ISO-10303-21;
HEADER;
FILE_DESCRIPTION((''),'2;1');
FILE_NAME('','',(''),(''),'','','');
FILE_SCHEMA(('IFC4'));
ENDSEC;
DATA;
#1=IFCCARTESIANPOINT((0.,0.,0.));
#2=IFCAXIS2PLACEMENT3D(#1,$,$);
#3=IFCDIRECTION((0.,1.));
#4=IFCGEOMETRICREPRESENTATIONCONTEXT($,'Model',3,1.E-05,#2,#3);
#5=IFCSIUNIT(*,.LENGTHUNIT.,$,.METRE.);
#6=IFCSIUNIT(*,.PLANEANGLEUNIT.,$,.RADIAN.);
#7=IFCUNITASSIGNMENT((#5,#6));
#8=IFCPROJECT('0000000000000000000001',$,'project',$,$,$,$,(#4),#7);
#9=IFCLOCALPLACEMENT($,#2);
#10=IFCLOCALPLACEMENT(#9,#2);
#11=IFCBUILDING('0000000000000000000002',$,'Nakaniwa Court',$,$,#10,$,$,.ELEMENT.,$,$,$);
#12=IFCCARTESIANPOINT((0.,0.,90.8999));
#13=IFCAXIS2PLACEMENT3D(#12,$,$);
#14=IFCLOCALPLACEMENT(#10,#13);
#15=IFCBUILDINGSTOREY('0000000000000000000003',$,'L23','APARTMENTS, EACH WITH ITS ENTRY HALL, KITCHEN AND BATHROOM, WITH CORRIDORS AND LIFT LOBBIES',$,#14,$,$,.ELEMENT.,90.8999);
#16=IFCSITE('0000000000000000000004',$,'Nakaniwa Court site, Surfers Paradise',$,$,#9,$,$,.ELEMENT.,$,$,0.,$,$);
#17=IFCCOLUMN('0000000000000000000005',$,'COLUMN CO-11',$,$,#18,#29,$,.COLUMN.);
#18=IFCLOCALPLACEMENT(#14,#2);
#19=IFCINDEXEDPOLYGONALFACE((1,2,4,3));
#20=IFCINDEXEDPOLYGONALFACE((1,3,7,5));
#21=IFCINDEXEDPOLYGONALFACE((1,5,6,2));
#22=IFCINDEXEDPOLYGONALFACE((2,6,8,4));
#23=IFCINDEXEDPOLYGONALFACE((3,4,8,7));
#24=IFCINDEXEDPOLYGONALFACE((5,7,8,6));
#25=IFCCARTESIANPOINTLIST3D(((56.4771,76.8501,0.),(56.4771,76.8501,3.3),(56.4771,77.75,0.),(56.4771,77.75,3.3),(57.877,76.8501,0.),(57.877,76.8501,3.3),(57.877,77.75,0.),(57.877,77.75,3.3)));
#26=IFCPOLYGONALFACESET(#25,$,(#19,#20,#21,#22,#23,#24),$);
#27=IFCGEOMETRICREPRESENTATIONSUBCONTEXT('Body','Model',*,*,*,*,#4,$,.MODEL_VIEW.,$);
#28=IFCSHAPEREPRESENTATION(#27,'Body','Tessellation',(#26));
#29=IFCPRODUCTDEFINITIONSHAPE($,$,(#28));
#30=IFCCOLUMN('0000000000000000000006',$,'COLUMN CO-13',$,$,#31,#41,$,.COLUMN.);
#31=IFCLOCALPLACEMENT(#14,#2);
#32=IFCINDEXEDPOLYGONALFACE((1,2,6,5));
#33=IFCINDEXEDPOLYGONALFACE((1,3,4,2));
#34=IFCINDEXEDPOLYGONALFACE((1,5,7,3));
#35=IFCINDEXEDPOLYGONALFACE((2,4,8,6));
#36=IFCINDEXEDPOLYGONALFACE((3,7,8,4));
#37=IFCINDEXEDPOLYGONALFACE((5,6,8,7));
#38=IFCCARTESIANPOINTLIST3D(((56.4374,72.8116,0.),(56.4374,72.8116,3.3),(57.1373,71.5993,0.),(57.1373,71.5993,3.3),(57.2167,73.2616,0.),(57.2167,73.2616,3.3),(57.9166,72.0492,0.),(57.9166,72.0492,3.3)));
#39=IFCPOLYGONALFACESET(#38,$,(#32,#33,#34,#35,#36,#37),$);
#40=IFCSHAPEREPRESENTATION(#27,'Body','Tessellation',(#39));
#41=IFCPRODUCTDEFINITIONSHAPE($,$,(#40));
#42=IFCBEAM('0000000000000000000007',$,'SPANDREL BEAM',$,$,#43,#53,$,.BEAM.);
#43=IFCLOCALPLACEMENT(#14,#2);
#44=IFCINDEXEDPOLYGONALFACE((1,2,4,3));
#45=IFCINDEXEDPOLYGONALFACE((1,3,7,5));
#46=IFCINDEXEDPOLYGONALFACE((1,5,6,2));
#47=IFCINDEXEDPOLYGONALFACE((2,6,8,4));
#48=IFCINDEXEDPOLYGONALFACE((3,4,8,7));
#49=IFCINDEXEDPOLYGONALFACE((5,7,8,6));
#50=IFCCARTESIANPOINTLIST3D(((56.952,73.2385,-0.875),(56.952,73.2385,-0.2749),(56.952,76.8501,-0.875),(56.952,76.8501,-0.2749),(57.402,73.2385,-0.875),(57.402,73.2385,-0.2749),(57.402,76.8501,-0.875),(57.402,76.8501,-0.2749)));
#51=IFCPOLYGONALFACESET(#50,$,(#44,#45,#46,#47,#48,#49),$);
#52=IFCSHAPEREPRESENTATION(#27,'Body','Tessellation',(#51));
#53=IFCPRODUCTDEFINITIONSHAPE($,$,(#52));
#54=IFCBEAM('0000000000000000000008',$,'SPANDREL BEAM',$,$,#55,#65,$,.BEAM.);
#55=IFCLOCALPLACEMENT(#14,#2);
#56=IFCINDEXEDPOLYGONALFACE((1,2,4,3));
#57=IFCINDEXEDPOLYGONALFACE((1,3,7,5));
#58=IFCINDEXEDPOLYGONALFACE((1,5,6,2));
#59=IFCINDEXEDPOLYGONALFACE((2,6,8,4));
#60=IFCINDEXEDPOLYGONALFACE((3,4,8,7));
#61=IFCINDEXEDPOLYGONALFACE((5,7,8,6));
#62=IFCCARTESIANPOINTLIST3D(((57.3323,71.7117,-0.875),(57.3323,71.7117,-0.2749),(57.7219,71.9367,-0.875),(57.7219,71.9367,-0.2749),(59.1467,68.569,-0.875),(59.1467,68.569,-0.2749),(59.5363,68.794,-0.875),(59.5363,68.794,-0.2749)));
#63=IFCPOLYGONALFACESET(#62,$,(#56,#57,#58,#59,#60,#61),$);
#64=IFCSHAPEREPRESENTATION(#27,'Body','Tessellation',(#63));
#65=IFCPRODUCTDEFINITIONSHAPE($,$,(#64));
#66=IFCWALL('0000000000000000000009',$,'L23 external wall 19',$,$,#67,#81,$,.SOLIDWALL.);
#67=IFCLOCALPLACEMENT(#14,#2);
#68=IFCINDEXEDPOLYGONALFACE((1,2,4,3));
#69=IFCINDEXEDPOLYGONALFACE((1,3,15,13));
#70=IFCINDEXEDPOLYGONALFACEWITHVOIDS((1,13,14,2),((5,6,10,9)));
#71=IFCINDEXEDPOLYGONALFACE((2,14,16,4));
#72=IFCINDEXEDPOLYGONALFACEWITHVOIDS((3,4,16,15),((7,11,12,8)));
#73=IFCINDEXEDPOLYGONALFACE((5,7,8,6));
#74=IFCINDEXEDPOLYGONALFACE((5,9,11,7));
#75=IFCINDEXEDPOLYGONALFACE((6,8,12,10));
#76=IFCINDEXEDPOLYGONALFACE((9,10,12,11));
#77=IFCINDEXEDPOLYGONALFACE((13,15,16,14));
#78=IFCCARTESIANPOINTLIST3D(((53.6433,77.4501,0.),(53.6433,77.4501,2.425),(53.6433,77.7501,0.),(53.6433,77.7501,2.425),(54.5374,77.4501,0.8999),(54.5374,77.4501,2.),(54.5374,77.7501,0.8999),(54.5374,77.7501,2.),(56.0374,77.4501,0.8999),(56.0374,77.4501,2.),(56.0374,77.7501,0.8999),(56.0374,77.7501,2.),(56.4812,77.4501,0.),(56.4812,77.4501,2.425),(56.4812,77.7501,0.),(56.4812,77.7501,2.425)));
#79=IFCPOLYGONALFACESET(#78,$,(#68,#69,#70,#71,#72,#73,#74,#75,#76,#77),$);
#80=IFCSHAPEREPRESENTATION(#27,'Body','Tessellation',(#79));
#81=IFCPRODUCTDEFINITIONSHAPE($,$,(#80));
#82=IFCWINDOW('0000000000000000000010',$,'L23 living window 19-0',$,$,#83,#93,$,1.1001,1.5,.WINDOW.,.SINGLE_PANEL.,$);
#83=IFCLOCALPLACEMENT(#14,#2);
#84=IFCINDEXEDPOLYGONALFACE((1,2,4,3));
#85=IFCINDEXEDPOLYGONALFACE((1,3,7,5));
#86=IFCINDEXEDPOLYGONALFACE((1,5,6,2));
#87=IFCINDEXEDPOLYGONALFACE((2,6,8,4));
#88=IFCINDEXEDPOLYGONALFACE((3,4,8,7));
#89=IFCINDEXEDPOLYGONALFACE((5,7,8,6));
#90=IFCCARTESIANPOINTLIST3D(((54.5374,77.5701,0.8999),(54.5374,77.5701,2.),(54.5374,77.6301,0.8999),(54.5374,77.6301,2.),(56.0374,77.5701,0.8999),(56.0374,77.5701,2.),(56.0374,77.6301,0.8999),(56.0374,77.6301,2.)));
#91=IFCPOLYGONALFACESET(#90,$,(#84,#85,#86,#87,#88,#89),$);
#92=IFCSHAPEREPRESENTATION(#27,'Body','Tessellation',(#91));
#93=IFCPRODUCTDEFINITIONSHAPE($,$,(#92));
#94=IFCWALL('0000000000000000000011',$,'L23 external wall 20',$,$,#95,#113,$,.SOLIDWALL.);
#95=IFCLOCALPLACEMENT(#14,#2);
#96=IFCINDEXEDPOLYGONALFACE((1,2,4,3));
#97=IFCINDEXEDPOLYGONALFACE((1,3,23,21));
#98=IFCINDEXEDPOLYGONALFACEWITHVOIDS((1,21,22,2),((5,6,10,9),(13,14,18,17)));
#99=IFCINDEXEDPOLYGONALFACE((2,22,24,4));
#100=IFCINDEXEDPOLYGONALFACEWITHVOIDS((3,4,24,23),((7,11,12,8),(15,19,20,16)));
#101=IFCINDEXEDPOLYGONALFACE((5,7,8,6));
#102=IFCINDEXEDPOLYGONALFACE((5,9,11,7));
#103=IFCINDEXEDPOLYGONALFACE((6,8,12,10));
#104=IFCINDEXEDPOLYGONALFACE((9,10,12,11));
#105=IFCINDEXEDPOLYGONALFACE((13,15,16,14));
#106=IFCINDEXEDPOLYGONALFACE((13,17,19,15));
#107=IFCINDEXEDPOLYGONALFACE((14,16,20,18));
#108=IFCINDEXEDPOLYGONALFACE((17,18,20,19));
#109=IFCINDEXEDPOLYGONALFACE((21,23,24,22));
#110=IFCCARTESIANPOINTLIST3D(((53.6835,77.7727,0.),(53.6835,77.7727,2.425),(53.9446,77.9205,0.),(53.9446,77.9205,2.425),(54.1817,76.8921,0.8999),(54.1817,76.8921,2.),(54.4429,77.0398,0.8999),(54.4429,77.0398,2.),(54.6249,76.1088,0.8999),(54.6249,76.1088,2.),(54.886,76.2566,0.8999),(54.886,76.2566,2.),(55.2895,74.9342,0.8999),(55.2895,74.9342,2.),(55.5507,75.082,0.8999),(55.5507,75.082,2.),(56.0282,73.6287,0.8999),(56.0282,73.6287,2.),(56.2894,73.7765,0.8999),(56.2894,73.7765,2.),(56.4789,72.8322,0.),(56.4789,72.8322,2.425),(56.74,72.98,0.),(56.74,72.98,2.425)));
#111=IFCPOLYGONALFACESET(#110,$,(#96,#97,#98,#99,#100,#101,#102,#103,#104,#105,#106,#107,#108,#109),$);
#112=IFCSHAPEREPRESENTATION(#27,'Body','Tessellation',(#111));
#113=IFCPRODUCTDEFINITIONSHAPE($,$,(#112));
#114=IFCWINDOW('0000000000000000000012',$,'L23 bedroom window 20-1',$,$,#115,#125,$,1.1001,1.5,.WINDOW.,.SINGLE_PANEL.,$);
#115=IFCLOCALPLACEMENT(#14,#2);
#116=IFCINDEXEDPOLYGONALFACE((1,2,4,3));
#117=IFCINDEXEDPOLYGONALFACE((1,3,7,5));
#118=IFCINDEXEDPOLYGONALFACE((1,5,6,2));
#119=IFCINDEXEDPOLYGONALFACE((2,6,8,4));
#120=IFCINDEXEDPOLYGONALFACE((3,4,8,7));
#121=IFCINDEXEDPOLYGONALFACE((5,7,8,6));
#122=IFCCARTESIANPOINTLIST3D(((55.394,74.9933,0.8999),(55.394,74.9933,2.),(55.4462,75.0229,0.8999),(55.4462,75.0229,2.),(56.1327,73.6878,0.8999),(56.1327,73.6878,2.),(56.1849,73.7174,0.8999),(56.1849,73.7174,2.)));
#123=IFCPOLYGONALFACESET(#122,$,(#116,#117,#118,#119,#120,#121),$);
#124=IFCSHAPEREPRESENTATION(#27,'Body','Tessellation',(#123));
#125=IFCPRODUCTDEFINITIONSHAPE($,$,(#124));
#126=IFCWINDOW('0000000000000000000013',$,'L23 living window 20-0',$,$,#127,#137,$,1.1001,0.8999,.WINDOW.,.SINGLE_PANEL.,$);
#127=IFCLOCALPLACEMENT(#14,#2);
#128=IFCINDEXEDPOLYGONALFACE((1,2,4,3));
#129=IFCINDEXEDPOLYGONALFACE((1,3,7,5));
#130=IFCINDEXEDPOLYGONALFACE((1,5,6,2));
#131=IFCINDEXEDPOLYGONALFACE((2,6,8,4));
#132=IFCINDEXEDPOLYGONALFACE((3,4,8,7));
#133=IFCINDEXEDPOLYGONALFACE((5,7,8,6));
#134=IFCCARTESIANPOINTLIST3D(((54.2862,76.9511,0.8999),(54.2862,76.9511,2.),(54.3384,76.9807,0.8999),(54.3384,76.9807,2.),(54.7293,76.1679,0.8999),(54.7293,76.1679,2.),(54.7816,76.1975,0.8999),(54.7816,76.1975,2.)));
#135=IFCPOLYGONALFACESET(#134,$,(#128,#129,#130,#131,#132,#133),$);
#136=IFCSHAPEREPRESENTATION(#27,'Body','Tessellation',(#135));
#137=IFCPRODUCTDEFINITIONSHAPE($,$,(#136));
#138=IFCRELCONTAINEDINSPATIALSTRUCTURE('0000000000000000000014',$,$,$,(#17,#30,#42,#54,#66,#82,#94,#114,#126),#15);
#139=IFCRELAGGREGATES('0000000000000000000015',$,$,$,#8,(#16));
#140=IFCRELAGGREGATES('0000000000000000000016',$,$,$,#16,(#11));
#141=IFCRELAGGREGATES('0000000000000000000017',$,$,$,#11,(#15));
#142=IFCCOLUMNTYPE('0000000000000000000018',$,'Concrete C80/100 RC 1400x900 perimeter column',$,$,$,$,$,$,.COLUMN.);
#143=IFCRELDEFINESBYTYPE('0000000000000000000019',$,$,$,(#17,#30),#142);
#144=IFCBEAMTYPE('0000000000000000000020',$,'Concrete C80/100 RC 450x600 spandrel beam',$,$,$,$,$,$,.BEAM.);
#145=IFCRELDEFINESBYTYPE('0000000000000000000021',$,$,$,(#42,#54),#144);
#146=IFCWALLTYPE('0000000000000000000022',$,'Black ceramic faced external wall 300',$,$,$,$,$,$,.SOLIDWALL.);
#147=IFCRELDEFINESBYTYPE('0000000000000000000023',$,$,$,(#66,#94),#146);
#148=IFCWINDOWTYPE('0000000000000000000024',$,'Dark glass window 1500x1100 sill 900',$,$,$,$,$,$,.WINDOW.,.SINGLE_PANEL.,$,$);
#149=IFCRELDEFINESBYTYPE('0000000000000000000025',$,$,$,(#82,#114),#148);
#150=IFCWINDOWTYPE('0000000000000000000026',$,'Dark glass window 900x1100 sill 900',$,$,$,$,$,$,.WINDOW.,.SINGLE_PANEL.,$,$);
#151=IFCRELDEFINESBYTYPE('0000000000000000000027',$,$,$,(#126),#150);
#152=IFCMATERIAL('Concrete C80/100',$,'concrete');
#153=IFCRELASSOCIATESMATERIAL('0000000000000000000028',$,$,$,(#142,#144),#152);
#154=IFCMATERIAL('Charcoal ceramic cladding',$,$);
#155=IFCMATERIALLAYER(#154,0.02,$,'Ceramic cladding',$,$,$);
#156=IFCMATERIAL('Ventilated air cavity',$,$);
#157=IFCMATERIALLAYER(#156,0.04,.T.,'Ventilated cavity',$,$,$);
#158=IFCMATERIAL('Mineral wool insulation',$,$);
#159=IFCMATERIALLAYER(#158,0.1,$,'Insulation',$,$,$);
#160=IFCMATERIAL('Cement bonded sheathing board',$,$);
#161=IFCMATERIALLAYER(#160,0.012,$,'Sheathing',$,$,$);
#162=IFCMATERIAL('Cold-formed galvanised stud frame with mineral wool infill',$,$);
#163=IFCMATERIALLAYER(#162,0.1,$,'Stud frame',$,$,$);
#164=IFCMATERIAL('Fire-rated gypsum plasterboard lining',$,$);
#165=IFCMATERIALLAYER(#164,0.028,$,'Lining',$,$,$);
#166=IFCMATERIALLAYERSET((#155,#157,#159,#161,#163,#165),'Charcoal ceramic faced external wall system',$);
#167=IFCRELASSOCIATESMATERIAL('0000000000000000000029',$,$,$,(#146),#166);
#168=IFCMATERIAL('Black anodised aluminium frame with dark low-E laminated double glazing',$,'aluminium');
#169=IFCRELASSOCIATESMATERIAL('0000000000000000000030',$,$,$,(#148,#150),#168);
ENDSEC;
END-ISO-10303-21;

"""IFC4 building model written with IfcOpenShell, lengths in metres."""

from ifc_helpers import new_model, si_unit, direction, frame, frame_2d, origin, origin_2d, place, context, subcontext, project, spatial, rectangle, extrude, material, layer, layer_set, material_profile, profile_set, type_object, element, fill, save


model = new_model("IFC4")

# Units and contexts
model_context = context("Model", 3, precision=1e-05, world=origin(), true_north=direction((0.0, 1.0)))
body_context = subcontext(model_context, "Body", "Model", "MODEL_VIEW")
ifc_project = project(units=[si_unit("LENGTHUNIT", "METRE"), si_unit("PLANEANGLEUNIT", "RADIAN")], contexts=[model_context])

# Site, building, storey
site_placement = place(None, origin())
site = spatial("IfcSite", under=ifc_project, at=site_placement, Name="Nakaniwa Court site, Surfers Paradise", CompositionType="ELEMENT", RefElevation=0.0)
building_placement = place(site_placement, origin())
building = spatial("IfcBuilding", under=site, at=building_placement, Name="Nakaniwa Court", CompositionType="ELEMENT")
storey_placement = place(building_placement, frame((0.0, 0.0, 90.8999)))
storey = spatial("IfcBuildingStorey", under=building, at=storey_placement, Name="L23", Description="APARTMENTS, EACH WITH ITS ENTRY HALL, KITCHEN AND BATHROOM, WITH CORRIDORS AND LIFT LOBBIES", CompositionType="ELEMENT", Elevation=90.8999)

# Columns
ifc_material_1 = material(Name="Concrete C80/100", Category="concrete")
ifc_material_profile_1 = material_profile(ifc_material_1, rectangle(XDim=1.3999, YDim=0.8999, at=origin_2d()), Name="Concrete C80/100 RC 1400x900 perimeter column")
ifc_profile_set_1 = profile_set([ifc_material_profile_1], Name="Concrete C80/100")
column_type = type_object("IfcColumnType", Name="Concrete C80/100 RC 1400x900 perimeter column", PredefinedType="COLUMN", material=ifc_profile_set_1)
for number, where, z_axis, x_axis, name in (
    (1, (57.177, 77.3, 0.0), (0.0, 0.0, 1.0), (-1.0, 0.0, 0.0), "COLUMN CO-11"),
    (2, (57.177, 72.4304, 0.0), (0.0, 0.0, 1.0), (0.5, -0.866025, 0.0), "COLUMN CO-13"),
):
    element("IfcColumn", number, at=place(storey_placement, frame(where, z_axis=z_axis, x_axis=x_axis)), inside=storey, type_object=column_type, Name=name, PredefinedType="COLUMN", context=body_context, shape_type="SweptSolid", body=[
        extrude(rectangle(XDim=1.3999, YDim=0.8999, at=origin_2d()), origin(), (0.0, 0.0, 1.0), 3.3),
    ])

# Beams
ifc_material_profile_2 = material_profile(ifc_material_1, rectangle(XDim=0.45, YDim=0.6001, at=origin_2d()), Name="Concrete C80/100 RC 450x600 spandrel beam")
ifc_profile_set_2 = profile_set([ifc_material_profile_2], Name="Concrete C80/100")
beam_type = type_object("IfcBeamType", Name="Concrete C80/100 RC 450x600 spandrel beam", PredefinedType="BEAM", material=ifc_profile_set_2)
beam_1_placement = place(storey_placement, frame((57.177, 76.8501, -0.575), z_axis=(0.0, -1.0, 0.0), x_axis=(1.0, 0.0, 0.0)))
element("IfcBeam", 3, at=beam_1_placement, inside=storey, type_object=beam_type, Name="SPANDREL BEAM", PredefinedType="BEAM", context=body_context, shape_type="SweptSolid", body=[
    extrude(rectangle(XDim=0.45, YDim=0.6001, at=origin_2d()), origin(), (0.0, 0.0, 1.0), 3.6116),
])
beam_2_placement = place(storey_placement, frame((57.5271, 71.8242, -0.575), z_axis=(0.499988, -0.866032, 0.0), x_axis=(0.866032, 0.499988, 0.0)))
element("IfcBeam", 4, at=beam_2_placement, inside=storey, type_object=beam_type, Name="SPANDREL BEAM", PredefinedType="BEAM", context=body_context, shape_type="SweptSolid", body=[
    extrude(rectangle(XDim=0.45, YDim=0.6001, at=origin_2d()), origin(), (0.0, 0.0, 1.0), 3.6289),
])

# Wall, opening, window
ifc_material_2 = material(Name="Charcoal ceramic cladding")
ifc_layer_1 = layer(ifc_material_2, 0.02, Name="Ceramic cladding")
ifc_material_3 = material(Name="Ventilated air cavity")
ifc_layer_2 = layer(ifc_material_3, 0.04, ventilated=True, Name="Ventilated cavity")
ifc_material_4 = material(Name="Mineral wool insulation")
ifc_layer_3 = layer(ifc_material_4, 0.1, Name="Insulation")
ifc_material_5 = material(Name="Cement bonded sheathing board")
ifc_layer_4 = layer(ifc_material_5, 0.012, Name="Sheathing")
ifc_material_6 = material(Name="Cold-formed galvanised stud frame with mineral wool infill")
ifc_layer_5 = layer(ifc_material_6, 0.1, Name="Stud frame")
ifc_material_7 = material(Name="Fire-rated gypsum plasterboard lining")
ifc_layer_6 = layer(ifc_material_7, 0.028, Name="Lining")
ifc_layer_set_1 = layer_set([ifc_layer_1, ifc_layer_2, ifc_layer_3, ifc_layer_4, ifc_layer_5, ifc_layer_6], Name="Charcoal ceramic faced external wall system")
wall_type_1 = type_object("IfcWallType", Name="Black ceramic faced external wall 300", PredefinedType="SOLIDWALL", material=ifc_layer_set_1)
wall_1_placement = place(storey_placement, frame((56.4812, 77.6001, 0.0), z_axis=(0.0, 0.0, 1.0), x_axis=(-1.0, 0.0, 0.0)))
wall_1 = element("IfcWall", 5, at=wall_1_placement, inside=storey, type_object=wall_type_1, Name="L23 external wall 19", PredefinedType="SOLIDWALL", context=body_context, shape_type="SweptSolid", body=[
    extrude(rectangle(XDim=2.8379, YDim=0.3, at=frame_2d((1.4189, 0.0))), origin(), (0.0, 0.0, 1.0), 2.425),
])
opening_1_placement = place(wall_1_placement, frame((0.4438, 0.0, 0.8999)))
opening_1 = element("IfcOpeningElement", 6, at=opening_1_placement, cuts=wall_1, PredefinedType="OPENING", context=body_context, shape_type="SweptSolid", body=[
    extrude(rectangle(XDim=1.5, YDim=1.1001, at=frame_2d((0.75, 0.55))), frame((0.0, 0.1599, 0.0), z_axis=(0.0, -1.0, 0.0), x_axis=(1.0, 0.0, 0.0)), (0.0, 0.0, 1.0), 0.3201),
])
ifc_material_8 = material(Name="Black anodised aluminium frame with dark low-E laminated double glazing", Category="aluminium")
window_type_1 = type_object("IfcWindowType", Name="Dark glass window 1500x1100 sill 900", PartitioningType="SINGLE_PANEL", PredefinedType="WINDOW", material=ifc_material_8)
window_1_placement = place(opening_1_placement, origin())
window_1 = element("IfcWindow", 7, at=window_1_placement, inside=storey, type_object=window_type_1, Name="L23 living window 19-0", OverallHeight=1.1001, OverallWidth=1.5, PartitioningType="SINGLE_PANEL", PredefinedType="WINDOW", context=body_context, shape_type="SweptSolid", body=[
    extrude(rectangle(XDim=1.5, YDim=1.1001, at=frame_2d((0.75, 0.55))), frame((0.0, 0.03, 0.0), z_axis=(0.0, -1.0, 0.0), x_axis=(1.0, 0.0, 0.0)), (0.0, 0.0, 1.0), 0.0601),
])
fill(opening_1, window_1)

# Wall, openings, windows
wall_2_placement = place(storey_placement, frame((53.814, 77.8467, 0.0), z_axis=(0.0, 0.0, 1.0), x_axis=(0.492457, -0.870337, 0.0)))
wall_2 = element("IfcWall", 8, at=wall_2_placement, inside=storey, type_object=wall_type_1, Name="L23 external wall 20", PredefinedType="SOLIDWALL", context=body_context, shape_type="SweptSolid", body=[
    extrude(rectangle(XDim=5.6765, YDim=0.3, at=frame_2d((2.8384, 0.0))), origin(), (0.0, 0.0, 1.0), 2.425),
])
opening_2_placement = place(wall_2_placement, frame((1.012, 0.0, 0.8999)))
opening_2 = element("IfcOpeningElement", 9, at=opening_2_placement, cuts=wall_2, PredefinedType="OPENING", context=body_context, shape_type="SweptSolid", body=[
    extrude(rectangle(XDim=0.8999, YDim=1.1001, at=frame_2d((0.45, 0.55))), frame((0.0, 0.1599, 0.0), z_axis=(0.0, -1.0, 0.0), x_axis=(1.0, 0.0, 0.0)), (0.0, 0.0, 1.0), 0.3201),
])
opening_3_placement = place(wall_2_placement, frame((3.2615, 0.0, 0.8999)))
opening_3 = element("IfcOpeningElement", 10, at=opening_3_placement, cuts=wall_2, PredefinedType="OPENING", context=body_context, shape_type="SweptSolid", body=[
    extrude(rectangle(XDim=1.5, YDim=1.1001, at=frame_2d((0.75, 0.55))), frame((0.0, 0.1599, 0.0), z_axis=(0.0, -1.0, 0.0), x_axis=(1.0, 0.0, 0.0)), (0.0, 0.0, 1.0), 0.3201),
])
window_2_placement = place(opening_3_placement, origin())
window_2 = element("IfcWindow", 11, at=window_2_placement, inside=storey, type_object=window_type_1, Name="L23 bedroom window 20-1", OverallHeight=1.1001, OverallWidth=1.5, PartitioningType="SINGLE_PANEL", PredefinedType="WINDOW", context=body_context, shape_type="SweptSolid", body=[
    extrude(rectangle(XDim=1.5, YDim=1.1001, at=frame_2d((0.75, 0.55))), frame((0.0, 0.03, 0.0), z_axis=(0.0, -1.0, 0.0), x_axis=(1.0, 0.0, 0.0)), (0.0, 0.0, 1.0), 0.0601),
])
fill(opening_3, window_2)
window_type_2 = type_object("IfcWindowType", Name="Dark glass window 900x1100 sill 900", PartitioningType="SINGLE_PANEL", PredefinedType="WINDOW", material=ifc_material_8)
window_3_placement = place(opening_2_placement, origin())
window_3 = element("IfcWindow", 12, at=window_3_placement, inside=storey, type_object=window_type_2, Name="L23 living window 20-0", OverallHeight=1.1001, OverallWidth=0.8999, PartitioningType="SINGLE_PANEL", PredefinedType="WINDOW", context=body_context, shape_type="SweptSolid", body=[
    extrude(rectangle(XDim=0.8999, YDim=1.1001, at=frame_2d((0.45, 0.55))), frame((0.0, 0.03, 0.0), z_axis=(0.0, -1.0, 0.0), x_axis=(1.0, 0.0, 0.0)), (0.0, 0.0, 1.0), 0.0601),
])
fill(opening_2, window_3)

save(model, "model.ifc")
